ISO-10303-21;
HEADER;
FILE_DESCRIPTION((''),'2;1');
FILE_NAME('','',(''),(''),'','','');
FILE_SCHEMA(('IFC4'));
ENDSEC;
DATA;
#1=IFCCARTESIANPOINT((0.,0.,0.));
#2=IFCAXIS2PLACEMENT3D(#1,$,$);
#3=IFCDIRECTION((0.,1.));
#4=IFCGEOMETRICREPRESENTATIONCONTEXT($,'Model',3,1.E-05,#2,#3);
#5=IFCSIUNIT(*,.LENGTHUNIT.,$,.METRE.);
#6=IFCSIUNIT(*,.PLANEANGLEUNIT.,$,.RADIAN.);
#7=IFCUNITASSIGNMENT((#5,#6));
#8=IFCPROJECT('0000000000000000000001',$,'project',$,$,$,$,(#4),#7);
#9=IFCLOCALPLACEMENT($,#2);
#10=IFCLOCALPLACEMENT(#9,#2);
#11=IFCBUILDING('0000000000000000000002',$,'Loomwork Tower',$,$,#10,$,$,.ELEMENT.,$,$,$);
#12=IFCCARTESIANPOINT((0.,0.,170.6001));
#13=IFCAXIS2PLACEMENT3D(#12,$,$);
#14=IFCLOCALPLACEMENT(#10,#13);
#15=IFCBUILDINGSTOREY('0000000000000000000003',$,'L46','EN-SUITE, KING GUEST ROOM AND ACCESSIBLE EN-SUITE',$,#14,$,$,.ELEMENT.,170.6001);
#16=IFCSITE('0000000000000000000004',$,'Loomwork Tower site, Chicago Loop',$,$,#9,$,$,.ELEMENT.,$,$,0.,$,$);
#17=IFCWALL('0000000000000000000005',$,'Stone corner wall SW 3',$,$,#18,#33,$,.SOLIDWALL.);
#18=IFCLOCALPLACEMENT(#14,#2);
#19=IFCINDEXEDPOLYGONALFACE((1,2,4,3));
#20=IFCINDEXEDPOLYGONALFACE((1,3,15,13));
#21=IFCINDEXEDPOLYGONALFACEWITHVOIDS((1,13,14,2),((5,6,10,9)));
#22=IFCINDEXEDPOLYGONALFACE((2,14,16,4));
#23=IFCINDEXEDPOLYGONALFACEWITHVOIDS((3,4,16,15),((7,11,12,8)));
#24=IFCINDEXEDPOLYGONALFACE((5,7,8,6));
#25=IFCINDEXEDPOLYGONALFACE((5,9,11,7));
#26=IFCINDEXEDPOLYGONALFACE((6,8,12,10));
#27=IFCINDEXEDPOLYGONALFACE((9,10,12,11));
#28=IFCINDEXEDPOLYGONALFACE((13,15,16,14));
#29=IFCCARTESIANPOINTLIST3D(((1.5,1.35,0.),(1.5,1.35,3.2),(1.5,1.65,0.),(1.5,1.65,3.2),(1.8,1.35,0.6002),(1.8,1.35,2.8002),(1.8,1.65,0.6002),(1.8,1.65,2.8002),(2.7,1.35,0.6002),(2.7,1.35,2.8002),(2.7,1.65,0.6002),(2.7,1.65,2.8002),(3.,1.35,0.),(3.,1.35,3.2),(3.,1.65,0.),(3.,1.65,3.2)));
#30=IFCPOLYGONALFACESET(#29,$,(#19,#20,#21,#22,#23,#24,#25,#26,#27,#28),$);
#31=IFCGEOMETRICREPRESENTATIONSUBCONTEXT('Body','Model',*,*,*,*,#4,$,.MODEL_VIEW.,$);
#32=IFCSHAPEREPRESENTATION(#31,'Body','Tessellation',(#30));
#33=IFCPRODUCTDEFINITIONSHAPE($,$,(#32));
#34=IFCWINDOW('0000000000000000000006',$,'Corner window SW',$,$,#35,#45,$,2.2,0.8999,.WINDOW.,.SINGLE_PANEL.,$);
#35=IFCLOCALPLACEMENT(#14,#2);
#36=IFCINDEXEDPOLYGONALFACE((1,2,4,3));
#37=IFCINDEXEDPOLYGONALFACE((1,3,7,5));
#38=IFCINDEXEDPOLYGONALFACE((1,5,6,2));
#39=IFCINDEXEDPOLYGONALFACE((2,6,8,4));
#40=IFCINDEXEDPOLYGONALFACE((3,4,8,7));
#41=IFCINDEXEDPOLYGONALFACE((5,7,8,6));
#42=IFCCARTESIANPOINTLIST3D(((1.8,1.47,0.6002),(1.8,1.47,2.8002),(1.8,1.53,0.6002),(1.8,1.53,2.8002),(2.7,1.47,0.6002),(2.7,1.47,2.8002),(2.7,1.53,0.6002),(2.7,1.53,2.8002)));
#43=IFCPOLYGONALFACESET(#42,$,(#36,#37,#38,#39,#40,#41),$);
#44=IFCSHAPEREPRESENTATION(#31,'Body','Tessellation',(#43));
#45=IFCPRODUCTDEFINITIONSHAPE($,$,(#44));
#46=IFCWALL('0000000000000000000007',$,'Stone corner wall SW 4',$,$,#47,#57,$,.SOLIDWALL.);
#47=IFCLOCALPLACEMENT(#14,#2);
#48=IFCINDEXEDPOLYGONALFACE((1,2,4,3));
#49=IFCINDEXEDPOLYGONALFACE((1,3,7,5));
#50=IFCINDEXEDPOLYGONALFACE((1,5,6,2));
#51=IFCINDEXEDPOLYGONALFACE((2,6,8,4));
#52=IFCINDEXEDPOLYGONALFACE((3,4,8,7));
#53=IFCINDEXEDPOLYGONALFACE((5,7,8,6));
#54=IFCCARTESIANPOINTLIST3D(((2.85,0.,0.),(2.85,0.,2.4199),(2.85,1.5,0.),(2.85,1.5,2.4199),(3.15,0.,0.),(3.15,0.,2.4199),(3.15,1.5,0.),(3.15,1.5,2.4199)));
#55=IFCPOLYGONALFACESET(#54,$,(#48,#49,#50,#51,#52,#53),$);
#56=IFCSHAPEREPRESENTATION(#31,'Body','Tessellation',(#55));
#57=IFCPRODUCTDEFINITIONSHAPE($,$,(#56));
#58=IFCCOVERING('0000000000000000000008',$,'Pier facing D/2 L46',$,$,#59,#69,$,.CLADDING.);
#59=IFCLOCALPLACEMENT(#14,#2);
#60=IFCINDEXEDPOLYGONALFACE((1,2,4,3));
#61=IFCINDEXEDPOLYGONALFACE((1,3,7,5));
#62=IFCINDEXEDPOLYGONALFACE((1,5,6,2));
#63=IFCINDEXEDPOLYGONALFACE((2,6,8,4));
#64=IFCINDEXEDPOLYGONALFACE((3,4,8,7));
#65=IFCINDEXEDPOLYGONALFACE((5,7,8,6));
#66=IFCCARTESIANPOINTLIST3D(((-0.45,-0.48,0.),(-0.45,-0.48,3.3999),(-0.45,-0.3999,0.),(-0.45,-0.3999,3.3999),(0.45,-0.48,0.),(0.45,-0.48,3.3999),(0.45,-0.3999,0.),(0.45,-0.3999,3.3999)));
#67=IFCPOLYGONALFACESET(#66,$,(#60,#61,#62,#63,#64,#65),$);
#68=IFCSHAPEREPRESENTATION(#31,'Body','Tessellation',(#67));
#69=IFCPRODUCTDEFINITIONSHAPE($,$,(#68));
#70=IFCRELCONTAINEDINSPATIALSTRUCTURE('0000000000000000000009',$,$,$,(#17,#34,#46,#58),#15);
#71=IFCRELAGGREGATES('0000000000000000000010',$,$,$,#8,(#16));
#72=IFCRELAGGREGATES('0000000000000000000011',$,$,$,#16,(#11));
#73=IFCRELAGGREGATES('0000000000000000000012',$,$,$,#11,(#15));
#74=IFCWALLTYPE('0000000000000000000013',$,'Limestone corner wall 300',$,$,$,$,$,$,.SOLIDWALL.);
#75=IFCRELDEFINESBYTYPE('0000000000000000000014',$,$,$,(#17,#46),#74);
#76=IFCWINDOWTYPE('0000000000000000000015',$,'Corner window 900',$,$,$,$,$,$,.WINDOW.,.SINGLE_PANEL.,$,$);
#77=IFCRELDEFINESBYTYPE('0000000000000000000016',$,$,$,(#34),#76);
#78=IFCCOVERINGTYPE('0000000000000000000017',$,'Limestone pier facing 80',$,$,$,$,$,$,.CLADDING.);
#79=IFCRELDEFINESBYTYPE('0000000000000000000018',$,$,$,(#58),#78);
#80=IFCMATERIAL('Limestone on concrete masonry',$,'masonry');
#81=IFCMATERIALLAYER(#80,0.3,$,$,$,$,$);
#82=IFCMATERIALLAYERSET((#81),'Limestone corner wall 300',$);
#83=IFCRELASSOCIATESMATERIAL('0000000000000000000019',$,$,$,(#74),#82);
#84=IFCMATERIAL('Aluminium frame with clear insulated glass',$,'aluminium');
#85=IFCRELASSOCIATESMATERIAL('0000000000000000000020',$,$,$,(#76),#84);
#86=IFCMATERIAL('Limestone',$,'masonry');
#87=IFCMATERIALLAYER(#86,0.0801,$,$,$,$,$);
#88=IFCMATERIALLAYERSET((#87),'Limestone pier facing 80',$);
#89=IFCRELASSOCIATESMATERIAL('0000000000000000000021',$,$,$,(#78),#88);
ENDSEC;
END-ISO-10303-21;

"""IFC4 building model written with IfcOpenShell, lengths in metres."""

from ifc_helpers import new_model, si_unit, direction, frame, frame_2d, origin, origin_2d, place, context, subcontext, project, spatial, rectangle, extrude, material, layer, layer_set, type_object, element, fill, save


model = new_model("IFC4")

# Units and contexts
model_context = context("Model", 3, precision=1e-05, world=origin(), true_north=direction((0.0, 1.0)))
body_context = subcontext(model_context, "Body", "Model", "MODEL_VIEW")
ifc_project = project(units=[si_unit("LENGTHUNIT", "METRE"), si_unit("PLANEANGLEUNIT", "RADIAN")], contexts=[model_context])

# Site, building, storey
site_placement = place(None, origin())
site = spatial("IfcSite", under=ifc_project, at=site_placement, Name="Loomwork Tower site, Chicago Loop", CompositionType="ELEMENT", RefElevation=0.0)
building_placement = place(site_placement, origin())
building = spatial("IfcBuilding", under=site, at=building_placement, Name="Loomwork Tower", CompositionType="ELEMENT")
storey_placement = place(building_placement, frame((0.0, 0.0, 170.6001)))
storey = spatial("IfcBuildingStorey", under=building, at=storey_placement, Name="L46", Description="EN-SUITE, KING GUEST ROOM AND ACCESSIBLE EN-SUITE", CompositionType="ELEMENT", Elevation=170.6001)

# Shared definitions
ifc_material_1 = material(Name="Limestone on concrete masonry", Category="masonry")
ifc_layer_1 = layer(ifc_material_1, 0.3)
ifc_layer_set_1 = layer_set([ifc_layer_1], Name="Limestone corner wall 300")
wall_type_1 = type_object("IfcWallType", Name="Limestone corner wall 300", PredefinedType="SOLIDWALL", material=ifc_layer_set_1)

# Wall, opening, window
wall_1_placement = place(storey_placement, frame((1.5, 1.5, 0.0), z_axis=(0.0, 0.0, 1.0), x_axis=(1.0, 0.0, 0.0)))
wall_1 = element("IfcWall", 1, at=wall_1_placement, inside=storey, type_object=wall_type_1, Name="Stone corner wall SW 3", PredefinedType="SOLIDWALL", context=body_context, shape_type="SweptSolid", body=[
    extrude(rectangle(XDim=1.5, YDim=0.3, at=frame_2d((0.75, 0.0))), origin(), (0.0, 0.0, 1.0), 3.2),
])
opening_1_placement = place(wall_1_placement, frame((0.3, 0.0, 0.6001)))
opening_1 = element("IfcOpeningElement", 2, at=opening_1_placement, cuts=wall_1, PredefinedType="OPENING", context=body_context, shape_type="SweptSolid", body=[
    extrude(rectangle(XDim=0.8999, YDim=2.2, at=frame_2d((0.45, 1.1001))), frame((0.0, 0.1599, 0.0), z_axis=(0.0, -1.0, 0.0), x_axis=(1.0, 0.0, 0.0)), (0.0, 0.0, 1.0), 0.3201),
])
ifc_material_2 = material(Name="Aluminium frame with clear insulated glass", Category="aluminium")
window_type_1 = type_object("IfcWindowType", Name="Corner window 900", PartitioningType="SINGLE_PANEL", PredefinedType="WINDOW", material=ifc_material_2)
window_1_placement = place(opening_1_placement, origin())
window_1 = element("IfcWindow", 3, at=window_1_placement, inside=storey, type_object=window_type_1, Name="Corner window SW", OverallHeight=2.2, OverallWidth=0.8999, PartitioningType="SINGLE_PANEL", PredefinedType="WINDOW", context=body_context, shape_type="SweptSolid", body=[
    extrude(rectangle(XDim=0.8999, YDim=2.2, at=frame_2d((0.45, 1.1001))), frame((0.0, 0.03, 0.0), z_axis=(0.0, -1.0, 0.0), x_axis=(1.0, 0.0, 0.0)), (0.0, 0.0, 1.0), 0.0601),
])
fill(opening_1, window_1)

# Wall
wall_2_placement = place(storey_placement, frame((3.0, 1.5, 0.0), z_axis=(0.0, 0.0, 1.0), x_axis=(0.0, -1.0, 0.0)))
element("IfcWall", 4, at=wall_2_placement, inside=storey, type_object=wall_type_1, Name="Stone corner wall SW 4", PredefinedType="SOLIDWALL", context=body_context, shape_type="SweptSolid", body=[
    extrude(rectangle(XDim=1.5, YDim=0.3, at=frame_2d((0.75, 0.0))), origin(), (0.0, 0.0, 1.0), 2.4199),
])

# Covering
ifc_material_3 = material(Name="Limestone", Category="masonry")
ifc_layer_2 = layer(ifc_material_3, 0.0801)
ifc_layer_set_2 = layer_set([ifc_layer_2], Name="Limestone pier facing 80")
covering_type = type_object("IfcCoveringType", Name="Limestone pier facing 80", PredefinedType="CLADDING", material=ifc_layer_set_2)
covering_placement = place(storey_placement, frame((0.0, -0.4399, 0.0), z_axis=(0.0, 0.0, 1.0), x_axis=(1.0, 0.0, 0.0)))
element("IfcCovering", 5, at=covering_placement, inside=storey, type_object=covering_type, Name="Pier facing D/2 L46", PredefinedType="CLADDING", context=body_context, shape_type="SweptSolid", body=[
    extrude(rectangle(XDim=0.8999, YDim=0.0801, at=origin_2d()), origin(), (0.0, 0.0, 1.0), 3.3999),
])

save(model, "model.ifc")
